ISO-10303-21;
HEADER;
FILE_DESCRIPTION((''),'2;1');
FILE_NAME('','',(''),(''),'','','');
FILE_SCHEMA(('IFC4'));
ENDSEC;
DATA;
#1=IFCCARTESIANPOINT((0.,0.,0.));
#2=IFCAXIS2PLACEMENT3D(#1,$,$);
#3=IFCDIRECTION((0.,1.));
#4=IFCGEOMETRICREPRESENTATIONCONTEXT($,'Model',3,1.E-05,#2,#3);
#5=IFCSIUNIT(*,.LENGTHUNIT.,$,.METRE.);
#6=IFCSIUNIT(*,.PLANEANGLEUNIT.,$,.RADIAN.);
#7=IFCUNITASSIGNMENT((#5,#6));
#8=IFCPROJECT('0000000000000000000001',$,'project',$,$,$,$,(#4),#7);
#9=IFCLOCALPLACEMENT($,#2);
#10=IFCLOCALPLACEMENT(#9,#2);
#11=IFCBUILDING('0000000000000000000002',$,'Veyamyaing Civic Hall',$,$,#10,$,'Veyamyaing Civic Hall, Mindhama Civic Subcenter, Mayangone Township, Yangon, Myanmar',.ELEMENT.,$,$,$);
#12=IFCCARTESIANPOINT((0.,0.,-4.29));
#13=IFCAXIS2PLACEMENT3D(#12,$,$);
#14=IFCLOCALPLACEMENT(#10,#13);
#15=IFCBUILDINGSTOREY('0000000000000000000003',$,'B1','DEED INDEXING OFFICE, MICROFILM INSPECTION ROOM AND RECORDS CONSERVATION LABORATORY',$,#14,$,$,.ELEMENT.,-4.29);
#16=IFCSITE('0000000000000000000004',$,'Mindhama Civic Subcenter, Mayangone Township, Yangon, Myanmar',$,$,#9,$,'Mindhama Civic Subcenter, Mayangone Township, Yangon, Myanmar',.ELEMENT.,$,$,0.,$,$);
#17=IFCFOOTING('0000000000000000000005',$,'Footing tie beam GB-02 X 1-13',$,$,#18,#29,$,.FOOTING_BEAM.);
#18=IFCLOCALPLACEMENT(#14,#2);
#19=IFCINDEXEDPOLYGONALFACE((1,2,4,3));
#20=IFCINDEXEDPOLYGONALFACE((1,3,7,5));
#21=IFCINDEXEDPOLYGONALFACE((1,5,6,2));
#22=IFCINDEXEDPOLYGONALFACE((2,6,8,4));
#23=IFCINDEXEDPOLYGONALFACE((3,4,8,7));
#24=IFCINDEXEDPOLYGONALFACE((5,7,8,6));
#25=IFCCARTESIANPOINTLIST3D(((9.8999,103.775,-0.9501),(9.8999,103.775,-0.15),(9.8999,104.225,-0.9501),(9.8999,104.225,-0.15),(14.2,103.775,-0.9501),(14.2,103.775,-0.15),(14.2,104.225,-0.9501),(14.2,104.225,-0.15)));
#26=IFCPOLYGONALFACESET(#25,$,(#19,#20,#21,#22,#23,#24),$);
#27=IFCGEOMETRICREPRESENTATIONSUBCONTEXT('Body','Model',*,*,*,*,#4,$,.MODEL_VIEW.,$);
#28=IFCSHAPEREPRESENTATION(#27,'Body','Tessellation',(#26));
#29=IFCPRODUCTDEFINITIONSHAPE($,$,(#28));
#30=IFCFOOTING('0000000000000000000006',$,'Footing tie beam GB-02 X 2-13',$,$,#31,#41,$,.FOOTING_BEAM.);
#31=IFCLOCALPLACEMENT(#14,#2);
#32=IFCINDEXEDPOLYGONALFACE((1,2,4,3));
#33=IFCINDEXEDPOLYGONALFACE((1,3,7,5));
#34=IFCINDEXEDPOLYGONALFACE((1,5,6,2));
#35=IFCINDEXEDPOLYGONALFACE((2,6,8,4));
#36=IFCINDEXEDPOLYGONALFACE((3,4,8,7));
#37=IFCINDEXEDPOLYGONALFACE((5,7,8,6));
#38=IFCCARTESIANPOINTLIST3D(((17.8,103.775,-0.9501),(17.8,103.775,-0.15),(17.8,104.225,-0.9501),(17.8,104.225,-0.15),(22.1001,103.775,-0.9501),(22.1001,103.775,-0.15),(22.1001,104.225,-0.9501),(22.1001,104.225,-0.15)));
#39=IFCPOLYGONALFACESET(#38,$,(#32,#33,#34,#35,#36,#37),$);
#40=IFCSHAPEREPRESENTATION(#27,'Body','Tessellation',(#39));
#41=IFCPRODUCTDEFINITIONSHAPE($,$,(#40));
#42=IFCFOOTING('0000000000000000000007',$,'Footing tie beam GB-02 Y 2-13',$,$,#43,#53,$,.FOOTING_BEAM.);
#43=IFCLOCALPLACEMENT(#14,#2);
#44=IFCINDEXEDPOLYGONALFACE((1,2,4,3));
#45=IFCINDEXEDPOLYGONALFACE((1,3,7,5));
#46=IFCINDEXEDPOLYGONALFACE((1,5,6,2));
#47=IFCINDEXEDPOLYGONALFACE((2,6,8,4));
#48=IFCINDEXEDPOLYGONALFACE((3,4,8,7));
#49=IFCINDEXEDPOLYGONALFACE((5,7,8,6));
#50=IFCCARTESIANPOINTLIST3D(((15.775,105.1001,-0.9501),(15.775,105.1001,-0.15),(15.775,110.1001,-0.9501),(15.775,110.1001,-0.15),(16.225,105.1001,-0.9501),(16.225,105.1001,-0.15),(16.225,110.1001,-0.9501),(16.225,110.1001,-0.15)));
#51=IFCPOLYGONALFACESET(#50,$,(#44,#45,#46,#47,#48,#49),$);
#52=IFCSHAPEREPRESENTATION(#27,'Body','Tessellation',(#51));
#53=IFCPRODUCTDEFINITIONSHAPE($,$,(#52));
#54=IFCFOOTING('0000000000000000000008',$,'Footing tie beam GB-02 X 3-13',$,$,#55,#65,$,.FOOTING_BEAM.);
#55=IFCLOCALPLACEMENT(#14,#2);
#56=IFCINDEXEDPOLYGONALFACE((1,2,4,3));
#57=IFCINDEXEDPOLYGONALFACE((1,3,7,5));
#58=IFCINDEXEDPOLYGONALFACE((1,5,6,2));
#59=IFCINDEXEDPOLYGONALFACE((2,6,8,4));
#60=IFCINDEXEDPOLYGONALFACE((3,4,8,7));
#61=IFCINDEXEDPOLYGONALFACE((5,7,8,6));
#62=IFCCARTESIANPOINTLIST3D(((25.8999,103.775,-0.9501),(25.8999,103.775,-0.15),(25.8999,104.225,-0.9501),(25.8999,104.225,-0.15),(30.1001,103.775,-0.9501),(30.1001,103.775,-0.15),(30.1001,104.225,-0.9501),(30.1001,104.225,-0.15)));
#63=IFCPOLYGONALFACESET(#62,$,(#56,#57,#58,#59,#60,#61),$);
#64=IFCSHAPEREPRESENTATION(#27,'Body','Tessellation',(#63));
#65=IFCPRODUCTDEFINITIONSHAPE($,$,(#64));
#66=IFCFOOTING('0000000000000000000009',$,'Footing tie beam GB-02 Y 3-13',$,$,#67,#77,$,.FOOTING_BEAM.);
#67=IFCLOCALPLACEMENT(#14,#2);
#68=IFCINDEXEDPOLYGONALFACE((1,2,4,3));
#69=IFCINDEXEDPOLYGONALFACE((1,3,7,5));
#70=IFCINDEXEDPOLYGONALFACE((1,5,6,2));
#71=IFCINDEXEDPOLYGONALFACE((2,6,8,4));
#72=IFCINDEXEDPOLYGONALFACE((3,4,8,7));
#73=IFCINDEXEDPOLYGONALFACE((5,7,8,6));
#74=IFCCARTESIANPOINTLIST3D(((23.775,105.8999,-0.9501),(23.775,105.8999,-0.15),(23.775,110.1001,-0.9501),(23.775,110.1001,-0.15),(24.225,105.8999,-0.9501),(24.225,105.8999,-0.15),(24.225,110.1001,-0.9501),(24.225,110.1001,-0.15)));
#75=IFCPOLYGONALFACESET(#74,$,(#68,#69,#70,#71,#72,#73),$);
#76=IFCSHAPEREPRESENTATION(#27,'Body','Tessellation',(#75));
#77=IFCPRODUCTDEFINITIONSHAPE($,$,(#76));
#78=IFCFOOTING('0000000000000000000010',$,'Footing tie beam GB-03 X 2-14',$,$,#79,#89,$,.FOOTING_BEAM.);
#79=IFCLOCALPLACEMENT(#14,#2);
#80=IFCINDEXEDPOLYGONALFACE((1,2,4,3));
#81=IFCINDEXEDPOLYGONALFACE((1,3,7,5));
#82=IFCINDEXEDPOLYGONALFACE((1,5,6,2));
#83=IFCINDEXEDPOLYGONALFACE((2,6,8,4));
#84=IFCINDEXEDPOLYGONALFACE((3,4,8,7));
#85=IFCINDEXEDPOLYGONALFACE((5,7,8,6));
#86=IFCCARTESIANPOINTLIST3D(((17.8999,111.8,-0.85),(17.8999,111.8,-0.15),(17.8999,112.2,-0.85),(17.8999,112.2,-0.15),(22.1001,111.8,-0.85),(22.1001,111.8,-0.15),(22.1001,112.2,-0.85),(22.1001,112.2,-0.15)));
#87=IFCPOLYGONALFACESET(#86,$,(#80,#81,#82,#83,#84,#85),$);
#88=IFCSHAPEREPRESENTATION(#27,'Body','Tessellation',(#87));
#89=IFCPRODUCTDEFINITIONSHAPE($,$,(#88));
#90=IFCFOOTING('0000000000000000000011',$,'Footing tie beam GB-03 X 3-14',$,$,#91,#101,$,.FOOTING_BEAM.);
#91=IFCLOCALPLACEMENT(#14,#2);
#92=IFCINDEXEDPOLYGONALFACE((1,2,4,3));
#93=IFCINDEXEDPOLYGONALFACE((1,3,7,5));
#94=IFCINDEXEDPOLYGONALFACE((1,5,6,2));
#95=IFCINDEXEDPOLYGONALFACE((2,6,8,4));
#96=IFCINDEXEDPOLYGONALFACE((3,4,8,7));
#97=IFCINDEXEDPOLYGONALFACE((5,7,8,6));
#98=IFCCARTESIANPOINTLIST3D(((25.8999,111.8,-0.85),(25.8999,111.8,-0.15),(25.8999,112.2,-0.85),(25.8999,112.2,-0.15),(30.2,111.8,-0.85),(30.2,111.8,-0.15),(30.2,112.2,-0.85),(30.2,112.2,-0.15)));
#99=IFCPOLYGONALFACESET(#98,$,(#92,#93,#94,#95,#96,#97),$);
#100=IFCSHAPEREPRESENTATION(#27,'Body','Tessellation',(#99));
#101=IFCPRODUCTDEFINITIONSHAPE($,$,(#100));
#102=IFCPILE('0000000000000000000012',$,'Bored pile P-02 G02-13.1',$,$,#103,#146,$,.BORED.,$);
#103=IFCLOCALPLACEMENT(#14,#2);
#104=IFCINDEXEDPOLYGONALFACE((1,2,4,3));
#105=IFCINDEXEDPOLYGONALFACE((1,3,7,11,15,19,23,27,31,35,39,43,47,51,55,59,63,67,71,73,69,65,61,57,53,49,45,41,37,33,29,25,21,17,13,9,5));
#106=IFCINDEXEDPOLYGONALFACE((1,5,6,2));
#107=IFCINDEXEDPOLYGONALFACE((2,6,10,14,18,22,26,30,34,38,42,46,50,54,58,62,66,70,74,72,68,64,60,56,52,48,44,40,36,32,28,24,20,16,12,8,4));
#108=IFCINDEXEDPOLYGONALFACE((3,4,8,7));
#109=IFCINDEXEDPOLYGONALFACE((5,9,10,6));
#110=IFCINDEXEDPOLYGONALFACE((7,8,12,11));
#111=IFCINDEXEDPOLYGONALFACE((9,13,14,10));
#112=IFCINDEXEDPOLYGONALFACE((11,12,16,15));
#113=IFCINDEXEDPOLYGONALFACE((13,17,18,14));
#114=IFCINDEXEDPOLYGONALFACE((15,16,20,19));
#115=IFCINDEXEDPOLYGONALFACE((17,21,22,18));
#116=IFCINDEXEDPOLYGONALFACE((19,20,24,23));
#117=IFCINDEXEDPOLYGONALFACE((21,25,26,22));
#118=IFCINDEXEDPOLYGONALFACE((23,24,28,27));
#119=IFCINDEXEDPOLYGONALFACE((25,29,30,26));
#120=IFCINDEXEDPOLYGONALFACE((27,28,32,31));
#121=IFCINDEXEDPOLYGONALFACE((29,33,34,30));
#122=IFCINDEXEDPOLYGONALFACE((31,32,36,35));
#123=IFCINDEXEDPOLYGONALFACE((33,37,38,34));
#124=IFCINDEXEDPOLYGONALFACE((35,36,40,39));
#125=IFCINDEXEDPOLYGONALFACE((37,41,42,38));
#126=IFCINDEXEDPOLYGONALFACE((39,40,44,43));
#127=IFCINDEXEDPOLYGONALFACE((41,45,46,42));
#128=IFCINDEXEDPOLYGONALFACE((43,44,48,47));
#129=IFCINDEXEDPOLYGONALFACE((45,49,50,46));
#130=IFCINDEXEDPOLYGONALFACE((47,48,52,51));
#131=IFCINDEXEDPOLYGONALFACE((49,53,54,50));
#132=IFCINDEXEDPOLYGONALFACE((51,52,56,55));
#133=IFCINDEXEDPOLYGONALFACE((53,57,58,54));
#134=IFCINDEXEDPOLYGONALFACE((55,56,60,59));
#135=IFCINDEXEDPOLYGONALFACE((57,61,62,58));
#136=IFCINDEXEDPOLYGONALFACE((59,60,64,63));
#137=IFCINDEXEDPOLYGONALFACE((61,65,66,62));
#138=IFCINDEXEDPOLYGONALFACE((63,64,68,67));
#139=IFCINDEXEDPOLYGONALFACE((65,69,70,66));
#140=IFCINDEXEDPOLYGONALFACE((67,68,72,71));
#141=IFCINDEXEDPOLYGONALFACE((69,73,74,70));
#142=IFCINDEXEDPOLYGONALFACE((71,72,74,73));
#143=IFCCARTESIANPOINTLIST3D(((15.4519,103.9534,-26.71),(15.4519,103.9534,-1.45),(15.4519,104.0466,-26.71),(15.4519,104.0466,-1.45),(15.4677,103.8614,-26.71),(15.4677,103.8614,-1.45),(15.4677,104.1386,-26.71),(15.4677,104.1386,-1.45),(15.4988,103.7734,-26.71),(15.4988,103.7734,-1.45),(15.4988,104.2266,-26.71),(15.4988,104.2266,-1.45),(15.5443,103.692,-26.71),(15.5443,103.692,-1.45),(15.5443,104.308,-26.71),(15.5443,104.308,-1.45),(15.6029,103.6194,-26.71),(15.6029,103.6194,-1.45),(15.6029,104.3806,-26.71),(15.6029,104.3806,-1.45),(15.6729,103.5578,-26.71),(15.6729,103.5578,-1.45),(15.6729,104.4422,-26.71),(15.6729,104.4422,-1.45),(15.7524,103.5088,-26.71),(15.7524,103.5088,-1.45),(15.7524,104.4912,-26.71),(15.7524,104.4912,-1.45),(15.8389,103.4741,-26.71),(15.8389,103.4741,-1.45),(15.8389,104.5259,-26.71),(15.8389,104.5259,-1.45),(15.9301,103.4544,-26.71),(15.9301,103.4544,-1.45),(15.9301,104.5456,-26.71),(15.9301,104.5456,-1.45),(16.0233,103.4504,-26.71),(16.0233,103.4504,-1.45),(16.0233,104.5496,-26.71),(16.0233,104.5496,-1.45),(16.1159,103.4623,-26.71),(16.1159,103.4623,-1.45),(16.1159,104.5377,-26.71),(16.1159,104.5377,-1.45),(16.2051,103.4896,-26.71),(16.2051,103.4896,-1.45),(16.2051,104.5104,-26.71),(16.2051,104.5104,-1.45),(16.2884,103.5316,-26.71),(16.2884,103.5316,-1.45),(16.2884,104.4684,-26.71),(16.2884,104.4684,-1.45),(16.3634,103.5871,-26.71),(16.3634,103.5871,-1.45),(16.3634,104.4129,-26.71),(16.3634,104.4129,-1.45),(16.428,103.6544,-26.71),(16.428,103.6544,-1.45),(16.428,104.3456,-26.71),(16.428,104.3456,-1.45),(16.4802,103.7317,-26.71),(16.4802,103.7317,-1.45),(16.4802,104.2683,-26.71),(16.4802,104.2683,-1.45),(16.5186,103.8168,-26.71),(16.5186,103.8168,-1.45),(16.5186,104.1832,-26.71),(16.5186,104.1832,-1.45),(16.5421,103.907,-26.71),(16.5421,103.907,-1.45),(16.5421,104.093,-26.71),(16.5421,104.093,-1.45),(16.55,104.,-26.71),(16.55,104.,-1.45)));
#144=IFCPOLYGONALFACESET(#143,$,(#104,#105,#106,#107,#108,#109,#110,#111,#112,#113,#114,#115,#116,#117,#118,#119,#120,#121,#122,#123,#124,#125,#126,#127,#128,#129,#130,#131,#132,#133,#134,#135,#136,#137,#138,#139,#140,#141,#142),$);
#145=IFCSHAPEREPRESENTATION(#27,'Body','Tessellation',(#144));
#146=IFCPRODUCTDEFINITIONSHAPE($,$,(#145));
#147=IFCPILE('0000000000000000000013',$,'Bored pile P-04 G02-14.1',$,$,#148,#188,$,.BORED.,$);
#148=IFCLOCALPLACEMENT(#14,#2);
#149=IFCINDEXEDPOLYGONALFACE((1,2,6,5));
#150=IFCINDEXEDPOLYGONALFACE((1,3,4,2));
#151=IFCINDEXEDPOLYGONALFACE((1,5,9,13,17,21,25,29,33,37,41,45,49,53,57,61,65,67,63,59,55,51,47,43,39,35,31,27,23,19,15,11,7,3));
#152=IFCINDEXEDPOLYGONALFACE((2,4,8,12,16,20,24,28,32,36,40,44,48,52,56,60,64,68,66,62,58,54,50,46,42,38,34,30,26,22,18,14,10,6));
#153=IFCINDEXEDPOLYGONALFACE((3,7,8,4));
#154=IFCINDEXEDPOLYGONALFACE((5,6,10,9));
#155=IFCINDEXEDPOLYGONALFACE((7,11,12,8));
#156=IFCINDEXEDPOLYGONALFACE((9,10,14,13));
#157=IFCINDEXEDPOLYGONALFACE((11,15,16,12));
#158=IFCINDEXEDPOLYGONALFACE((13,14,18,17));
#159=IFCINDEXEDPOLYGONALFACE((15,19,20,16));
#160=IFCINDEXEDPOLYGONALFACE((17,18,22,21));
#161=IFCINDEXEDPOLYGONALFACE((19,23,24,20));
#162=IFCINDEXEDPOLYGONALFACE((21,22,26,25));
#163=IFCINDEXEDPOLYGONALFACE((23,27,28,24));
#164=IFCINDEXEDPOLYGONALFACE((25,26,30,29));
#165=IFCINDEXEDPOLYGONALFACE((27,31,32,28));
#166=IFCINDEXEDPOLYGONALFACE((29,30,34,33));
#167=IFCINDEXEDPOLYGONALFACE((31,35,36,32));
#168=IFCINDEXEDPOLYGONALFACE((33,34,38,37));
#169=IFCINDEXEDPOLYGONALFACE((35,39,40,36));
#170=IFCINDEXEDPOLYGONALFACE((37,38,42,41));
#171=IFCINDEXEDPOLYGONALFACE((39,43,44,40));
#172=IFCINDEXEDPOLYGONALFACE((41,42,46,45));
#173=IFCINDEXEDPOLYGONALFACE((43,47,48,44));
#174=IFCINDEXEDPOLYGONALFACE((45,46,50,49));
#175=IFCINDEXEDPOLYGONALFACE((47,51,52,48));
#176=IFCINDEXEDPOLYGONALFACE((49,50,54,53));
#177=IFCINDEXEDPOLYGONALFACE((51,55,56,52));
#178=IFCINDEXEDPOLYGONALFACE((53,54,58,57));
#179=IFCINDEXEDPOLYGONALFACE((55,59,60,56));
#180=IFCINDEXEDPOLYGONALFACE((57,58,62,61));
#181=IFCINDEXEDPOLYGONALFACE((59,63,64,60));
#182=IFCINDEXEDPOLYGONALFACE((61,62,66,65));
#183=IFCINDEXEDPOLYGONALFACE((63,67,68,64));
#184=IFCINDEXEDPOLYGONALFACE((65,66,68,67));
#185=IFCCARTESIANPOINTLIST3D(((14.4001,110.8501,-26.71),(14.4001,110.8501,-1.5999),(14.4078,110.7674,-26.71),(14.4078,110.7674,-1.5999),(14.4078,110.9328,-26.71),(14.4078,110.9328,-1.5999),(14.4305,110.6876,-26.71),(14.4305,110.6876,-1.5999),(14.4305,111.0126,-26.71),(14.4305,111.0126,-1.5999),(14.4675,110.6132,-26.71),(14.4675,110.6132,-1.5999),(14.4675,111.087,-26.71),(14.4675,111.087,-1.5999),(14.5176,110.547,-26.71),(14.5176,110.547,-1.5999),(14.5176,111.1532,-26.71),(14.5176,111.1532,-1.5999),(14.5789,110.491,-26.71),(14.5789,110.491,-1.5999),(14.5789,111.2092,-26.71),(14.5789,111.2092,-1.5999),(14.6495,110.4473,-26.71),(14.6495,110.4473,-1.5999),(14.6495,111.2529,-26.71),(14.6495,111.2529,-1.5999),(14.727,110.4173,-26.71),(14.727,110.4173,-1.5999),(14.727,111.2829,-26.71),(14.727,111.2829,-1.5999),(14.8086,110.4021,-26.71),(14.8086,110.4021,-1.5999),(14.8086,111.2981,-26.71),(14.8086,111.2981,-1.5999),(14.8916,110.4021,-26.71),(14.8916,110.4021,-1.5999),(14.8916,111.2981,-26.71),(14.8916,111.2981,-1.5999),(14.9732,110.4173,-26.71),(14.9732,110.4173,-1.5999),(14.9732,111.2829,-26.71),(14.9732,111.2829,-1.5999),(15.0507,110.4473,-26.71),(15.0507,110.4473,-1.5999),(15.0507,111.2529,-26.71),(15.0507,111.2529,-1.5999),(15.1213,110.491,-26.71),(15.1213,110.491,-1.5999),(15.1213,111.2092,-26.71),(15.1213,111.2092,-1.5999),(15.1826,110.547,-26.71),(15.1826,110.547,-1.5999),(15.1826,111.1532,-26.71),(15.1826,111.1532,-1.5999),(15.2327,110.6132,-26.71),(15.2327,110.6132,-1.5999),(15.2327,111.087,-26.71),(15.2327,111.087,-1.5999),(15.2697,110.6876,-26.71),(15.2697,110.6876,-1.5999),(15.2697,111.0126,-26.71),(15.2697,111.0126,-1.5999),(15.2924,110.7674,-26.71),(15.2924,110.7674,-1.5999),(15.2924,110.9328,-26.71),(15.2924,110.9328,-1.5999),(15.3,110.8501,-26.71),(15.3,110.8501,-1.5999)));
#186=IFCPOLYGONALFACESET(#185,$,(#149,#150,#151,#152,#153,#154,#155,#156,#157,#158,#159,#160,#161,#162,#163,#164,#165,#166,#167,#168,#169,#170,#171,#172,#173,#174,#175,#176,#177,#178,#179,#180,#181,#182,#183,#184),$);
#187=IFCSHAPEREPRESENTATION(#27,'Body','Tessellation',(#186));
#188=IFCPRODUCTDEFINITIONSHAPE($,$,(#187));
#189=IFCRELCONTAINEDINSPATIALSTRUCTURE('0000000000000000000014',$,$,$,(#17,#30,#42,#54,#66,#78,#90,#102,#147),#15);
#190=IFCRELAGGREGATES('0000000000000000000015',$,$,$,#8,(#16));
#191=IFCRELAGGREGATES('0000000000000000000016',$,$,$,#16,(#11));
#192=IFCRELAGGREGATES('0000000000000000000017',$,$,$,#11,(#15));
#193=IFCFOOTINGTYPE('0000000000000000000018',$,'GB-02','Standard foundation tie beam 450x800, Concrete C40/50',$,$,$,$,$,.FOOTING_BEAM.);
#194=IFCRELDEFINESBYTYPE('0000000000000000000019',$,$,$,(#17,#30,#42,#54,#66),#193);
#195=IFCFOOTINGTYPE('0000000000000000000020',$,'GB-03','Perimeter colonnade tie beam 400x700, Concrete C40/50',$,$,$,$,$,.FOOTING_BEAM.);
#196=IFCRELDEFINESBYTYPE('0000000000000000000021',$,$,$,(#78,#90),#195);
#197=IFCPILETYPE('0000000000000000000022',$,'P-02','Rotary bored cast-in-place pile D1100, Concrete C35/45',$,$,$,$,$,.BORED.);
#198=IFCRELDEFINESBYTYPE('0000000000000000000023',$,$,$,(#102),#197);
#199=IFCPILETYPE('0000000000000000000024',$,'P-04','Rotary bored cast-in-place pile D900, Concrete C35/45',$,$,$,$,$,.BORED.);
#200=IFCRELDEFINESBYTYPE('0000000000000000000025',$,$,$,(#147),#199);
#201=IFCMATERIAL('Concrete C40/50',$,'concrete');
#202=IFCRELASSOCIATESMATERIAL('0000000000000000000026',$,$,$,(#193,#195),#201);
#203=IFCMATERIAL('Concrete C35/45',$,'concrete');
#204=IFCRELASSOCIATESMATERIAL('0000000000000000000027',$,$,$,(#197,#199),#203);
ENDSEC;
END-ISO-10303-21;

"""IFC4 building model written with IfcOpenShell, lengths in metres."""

from ifc_helpers import new_model, si_unit, direction, frame, origin, origin_2d, place, context, subcontext, project, spatial, rectangle, circle, extrude, material, material_profile, profile_set, type_object, element, save


model = new_model("IFC4")

# Units and contexts
model_context = context("Model", 3, precision=1e-05, world=origin(), true_north=direction((0.0, 1.0)))
body_context = subcontext(model_context, "Body", "Model", "MODEL_VIEW")
ifc_project = project(units=[si_unit("LENGTHUNIT", "METRE"), si_unit("PLANEANGLEUNIT", "RADIAN")], contexts=[model_context])

# Site, building, storey
site_placement = place(None, origin())
site = spatial("IfcSite", under=ifc_project, at=site_placement, Name="Mindhama Civic Subcenter, Mayangone Township, Yangon, Myanmar", LongName="Mindhama Civic Subcenter, Mayangone Township, Yangon, Myanmar", CompositionType="ELEMENT", RefElevation=0.0)
building_placement = place(site_placement, origin())
building = spatial("IfcBuilding", under=site, at=building_placement, Name="Veyamyaing Civic Hall", LongName="Veyamyaing Civic Hall, Mindhama Civic Subcenter, Mayangone Township, Yangon, Myanmar", CompositionType="ELEMENT")
storey_placement = place(building_placement, frame((0.0, 0.0, -4.29)))
storey = spatial("IfcBuildingStorey", under=building, at=storey_placement, Name="B1", Description="DEED INDEXING OFFICE, MICROFILM INSPECTION ROOM AND RECORDS CONSERVATION LABORATORY", CompositionType="ELEMENT", Elevation=-4.29)

# Footings
ifc_material_1 = material(Name="Concrete C40/50", Category="concrete")
ifc_material_profile_1 = material_profile(ifc_material_1, rectangle(XDim=0.45, YDim=0.8, at=origin_2d()), Name="GB-450X800")
ifc_profile_set_1 = profile_set([ifc_material_profile_1], Name="Concrete C40/50")
footing_type_1 = type_object("IfcFootingType", Name="GB-02", Description="Standard foundation tie beam 450x800, Concrete C40/50", PredefinedType="FOOTING_BEAM", material=ifc_profile_set_1)
for number, where, z_axis, x_axis, name in (
    (1, (9.8999, 104.0, -0.55), (1.0, 0.0, 0.0), (0.0, 1.0, 0.0), "Footing tie beam GB-02 X 1-13"),
    (2, (17.8, 104.0, -0.55), (1.0, 0.0, 0.0), (0.0, 1.0, 0.0), "Footing tie beam GB-02 X 2-13"),
):
    element("IfcFooting", number, at=place(storey_placement, frame(where, z_axis=z_axis, x_axis=x_axis)), inside=storey, type_object=footing_type_1, Name=name, PredefinedType="FOOTING_BEAM", context=body_context, shape_type="SweptSolid", body=[
        extrude(rectangle(XDim=0.45, YDim=0.8, at=origin_2d()), origin(), (0.0, 0.0, 1.0), 4.3),
    ])
footing_1_placement = place(storey_placement, frame((16.0, 105.1001, -0.55), z_axis=(0.0, 1.0, 0.0), x_axis=(-1.0, 0.0, 0.0)))
element("IfcFooting", 3, at=footing_1_placement, inside=storey, type_object=footing_type_1, Name="Footing tie beam GB-02 Y 2-13", PredefinedType="FOOTING_BEAM", context=body_context, shape_type="SweptSolid", body=[
    extrude(rectangle(XDim=0.45, YDim=0.8, at=origin_2d()), origin(), (0.0, 0.0, 1.0), 5.0),
])
for number, where, z_axis, x_axis, name in (
    (4, (25.8999, 104.0, -0.55), (1.0, 0.0, 0.0), (0.0, 1.0, 0.0), "Footing tie beam GB-02 X 3-13"),
    (5, (24.0, 105.8999, -0.55), (0.0, 1.0, 0.0), (-1.0, 0.0, 0.0), "Footing tie beam GB-02 Y 3-13"),
):
    element("IfcFooting", number, at=place(storey_placement, frame(where, z_axis=z_axis, x_axis=x_axis)), inside=storey, type_object=footing_type_1, Name=name, PredefinedType="FOOTING_BEAM", context=body_context, shape_type="SweptSolid", body=[
        extrude(rectangle(XDim=0.45, YDim=0.8, at=origin_2d()), origin(), (0.0, 0.0, 1.0), 4.2002),
    ])
ifc_material_profile_2 = material_profile(ifc_material_1, rectangle(XDim=0.3999, YDim=0.7, at=origin_2d()), Name="GB-400X700")
ifc_profile_set_2 = profile_set([ifc_material_profile_2], Name="Concrete C40/50")
footing_type_2 = type_object("IfcFootingType", Name="GB-03", Description="Perimeter colonnade tie beam 400x700, Concrete C40/50", PredefinedType="FOOTING_BEAM", material=ifc_profile_set_2)
footing_2_placement = place(storey_placement, frame((17.8999, 112.0, -0.5), z_axis=(1.0, 0.0, 0.0), x_axis=(0.0, 1.0, 0.0)))
element("IfcFooting", 6, at=footing_2_placement, inside=storey, type_object=footing_type_2, Name="Footing tie beam GB-03 X 2-14", PredefinedType="FOOTING_BEAM", context=body_context, shape_type="SweptSolid", body=[
    extrude(rectangle(XDim=0.3999, YDim=0.7, at=origin_2d()), origin(), (0.0, 0.0, 1.0), 4.2002),
])
footing_3_placement = place(storey_placement, frame((25.8999, 112.0, -0.5), z_axis=(1.0, 0.0, 0.0), x_axis=(0.0, 1.0, 0.0)))
element("IfcFooting", 7, at=footing_3_placement, inside=storey, type_object=footing_type_2, Name="Footing tie beam GB-03 X 3-14", PredefinedType="FOOTING_BEAM", context=body_context, shape_type="SweptSolid", body=[
    extrude(rectangle(XDim=0.3999, YDim=0.7, at=origin_2d()), origin(), (0.0, 0.0, 1.0), 4.3),
])

# Piles
ifc_material_2 = material(Name="Concrete C35/45", Category="concrete")
ifc_material_profile_3 = material_profile(ifc_material_2, circle(Radius=0.55, at=origin_2d()), Name="PILE-D1100")
ifc_profile_set_3 = profile_set([ifc_material_profile_3], Name="Concrete C35/45")
pile_type_1 = type_object("IfcPileType", Name="P-02", Description="Rotary bored cast-in-place pile D1100, Concrete C35/45", PredefinedType="BORED", material=ifc_profile_set_3)
pile_placement = place(storey_placement, frame((16.0, 104.0, -1.45), z_axis=(0.0, 0.0, -1.0), x_axis=(1.0, 0.0, 0.0)))
element("IfcPile", 8, at=pile_placement, inside=storey, type_object=pile_type_1, Name="Bored pile P-02 G02-13.1", PredefinedType="BORED", context=body_context, shape_type="SweptSolid", body=[
    extrude(circle(Radius=0.55, at=origin_2d()), origin(), (0.0, 0.0, 1.0), 25.26),
])
ifc_material_profile_4 = material_profile(ifc_material_2, circle(Radius=0.45, at=origin_2d()), Name="PILE-D900")
ifc_profile_set_4 = profile_set([ifc_material_profile_4], Name="Concrete C35/45")
pile_type_2 = type_object("IfcPileType", Name="P-04", Description="Rotary bored cast-in-place pile D900, Concrete C35/45", PredefinedType="BORED", material=ifc_profile_set_4)
for number, where, z_axis, x_axis, name in (
    (9, (14.8501, 110.8501, -1.5999), (0.0, 0.0, -1.0), (1.0, 0.0, 0.0), "Bored pile P-04 G02-14.1"),
):
    element("IfcPile", number, at=place(storey_placement, frame(where, z_axis=z_axis, x_axis=x_axis)), inside=storey, type_object=pile_type_2, Name=name, PredefinedType="BORED", context=body_context, shape_type="SweptSolid", body=[
        extrude(circle(Radius=0.45, at=origin_2d()), origin(), (0.0, 0.0, 1.0), 25.1101),
    ])

save(model, "model.ifc")
